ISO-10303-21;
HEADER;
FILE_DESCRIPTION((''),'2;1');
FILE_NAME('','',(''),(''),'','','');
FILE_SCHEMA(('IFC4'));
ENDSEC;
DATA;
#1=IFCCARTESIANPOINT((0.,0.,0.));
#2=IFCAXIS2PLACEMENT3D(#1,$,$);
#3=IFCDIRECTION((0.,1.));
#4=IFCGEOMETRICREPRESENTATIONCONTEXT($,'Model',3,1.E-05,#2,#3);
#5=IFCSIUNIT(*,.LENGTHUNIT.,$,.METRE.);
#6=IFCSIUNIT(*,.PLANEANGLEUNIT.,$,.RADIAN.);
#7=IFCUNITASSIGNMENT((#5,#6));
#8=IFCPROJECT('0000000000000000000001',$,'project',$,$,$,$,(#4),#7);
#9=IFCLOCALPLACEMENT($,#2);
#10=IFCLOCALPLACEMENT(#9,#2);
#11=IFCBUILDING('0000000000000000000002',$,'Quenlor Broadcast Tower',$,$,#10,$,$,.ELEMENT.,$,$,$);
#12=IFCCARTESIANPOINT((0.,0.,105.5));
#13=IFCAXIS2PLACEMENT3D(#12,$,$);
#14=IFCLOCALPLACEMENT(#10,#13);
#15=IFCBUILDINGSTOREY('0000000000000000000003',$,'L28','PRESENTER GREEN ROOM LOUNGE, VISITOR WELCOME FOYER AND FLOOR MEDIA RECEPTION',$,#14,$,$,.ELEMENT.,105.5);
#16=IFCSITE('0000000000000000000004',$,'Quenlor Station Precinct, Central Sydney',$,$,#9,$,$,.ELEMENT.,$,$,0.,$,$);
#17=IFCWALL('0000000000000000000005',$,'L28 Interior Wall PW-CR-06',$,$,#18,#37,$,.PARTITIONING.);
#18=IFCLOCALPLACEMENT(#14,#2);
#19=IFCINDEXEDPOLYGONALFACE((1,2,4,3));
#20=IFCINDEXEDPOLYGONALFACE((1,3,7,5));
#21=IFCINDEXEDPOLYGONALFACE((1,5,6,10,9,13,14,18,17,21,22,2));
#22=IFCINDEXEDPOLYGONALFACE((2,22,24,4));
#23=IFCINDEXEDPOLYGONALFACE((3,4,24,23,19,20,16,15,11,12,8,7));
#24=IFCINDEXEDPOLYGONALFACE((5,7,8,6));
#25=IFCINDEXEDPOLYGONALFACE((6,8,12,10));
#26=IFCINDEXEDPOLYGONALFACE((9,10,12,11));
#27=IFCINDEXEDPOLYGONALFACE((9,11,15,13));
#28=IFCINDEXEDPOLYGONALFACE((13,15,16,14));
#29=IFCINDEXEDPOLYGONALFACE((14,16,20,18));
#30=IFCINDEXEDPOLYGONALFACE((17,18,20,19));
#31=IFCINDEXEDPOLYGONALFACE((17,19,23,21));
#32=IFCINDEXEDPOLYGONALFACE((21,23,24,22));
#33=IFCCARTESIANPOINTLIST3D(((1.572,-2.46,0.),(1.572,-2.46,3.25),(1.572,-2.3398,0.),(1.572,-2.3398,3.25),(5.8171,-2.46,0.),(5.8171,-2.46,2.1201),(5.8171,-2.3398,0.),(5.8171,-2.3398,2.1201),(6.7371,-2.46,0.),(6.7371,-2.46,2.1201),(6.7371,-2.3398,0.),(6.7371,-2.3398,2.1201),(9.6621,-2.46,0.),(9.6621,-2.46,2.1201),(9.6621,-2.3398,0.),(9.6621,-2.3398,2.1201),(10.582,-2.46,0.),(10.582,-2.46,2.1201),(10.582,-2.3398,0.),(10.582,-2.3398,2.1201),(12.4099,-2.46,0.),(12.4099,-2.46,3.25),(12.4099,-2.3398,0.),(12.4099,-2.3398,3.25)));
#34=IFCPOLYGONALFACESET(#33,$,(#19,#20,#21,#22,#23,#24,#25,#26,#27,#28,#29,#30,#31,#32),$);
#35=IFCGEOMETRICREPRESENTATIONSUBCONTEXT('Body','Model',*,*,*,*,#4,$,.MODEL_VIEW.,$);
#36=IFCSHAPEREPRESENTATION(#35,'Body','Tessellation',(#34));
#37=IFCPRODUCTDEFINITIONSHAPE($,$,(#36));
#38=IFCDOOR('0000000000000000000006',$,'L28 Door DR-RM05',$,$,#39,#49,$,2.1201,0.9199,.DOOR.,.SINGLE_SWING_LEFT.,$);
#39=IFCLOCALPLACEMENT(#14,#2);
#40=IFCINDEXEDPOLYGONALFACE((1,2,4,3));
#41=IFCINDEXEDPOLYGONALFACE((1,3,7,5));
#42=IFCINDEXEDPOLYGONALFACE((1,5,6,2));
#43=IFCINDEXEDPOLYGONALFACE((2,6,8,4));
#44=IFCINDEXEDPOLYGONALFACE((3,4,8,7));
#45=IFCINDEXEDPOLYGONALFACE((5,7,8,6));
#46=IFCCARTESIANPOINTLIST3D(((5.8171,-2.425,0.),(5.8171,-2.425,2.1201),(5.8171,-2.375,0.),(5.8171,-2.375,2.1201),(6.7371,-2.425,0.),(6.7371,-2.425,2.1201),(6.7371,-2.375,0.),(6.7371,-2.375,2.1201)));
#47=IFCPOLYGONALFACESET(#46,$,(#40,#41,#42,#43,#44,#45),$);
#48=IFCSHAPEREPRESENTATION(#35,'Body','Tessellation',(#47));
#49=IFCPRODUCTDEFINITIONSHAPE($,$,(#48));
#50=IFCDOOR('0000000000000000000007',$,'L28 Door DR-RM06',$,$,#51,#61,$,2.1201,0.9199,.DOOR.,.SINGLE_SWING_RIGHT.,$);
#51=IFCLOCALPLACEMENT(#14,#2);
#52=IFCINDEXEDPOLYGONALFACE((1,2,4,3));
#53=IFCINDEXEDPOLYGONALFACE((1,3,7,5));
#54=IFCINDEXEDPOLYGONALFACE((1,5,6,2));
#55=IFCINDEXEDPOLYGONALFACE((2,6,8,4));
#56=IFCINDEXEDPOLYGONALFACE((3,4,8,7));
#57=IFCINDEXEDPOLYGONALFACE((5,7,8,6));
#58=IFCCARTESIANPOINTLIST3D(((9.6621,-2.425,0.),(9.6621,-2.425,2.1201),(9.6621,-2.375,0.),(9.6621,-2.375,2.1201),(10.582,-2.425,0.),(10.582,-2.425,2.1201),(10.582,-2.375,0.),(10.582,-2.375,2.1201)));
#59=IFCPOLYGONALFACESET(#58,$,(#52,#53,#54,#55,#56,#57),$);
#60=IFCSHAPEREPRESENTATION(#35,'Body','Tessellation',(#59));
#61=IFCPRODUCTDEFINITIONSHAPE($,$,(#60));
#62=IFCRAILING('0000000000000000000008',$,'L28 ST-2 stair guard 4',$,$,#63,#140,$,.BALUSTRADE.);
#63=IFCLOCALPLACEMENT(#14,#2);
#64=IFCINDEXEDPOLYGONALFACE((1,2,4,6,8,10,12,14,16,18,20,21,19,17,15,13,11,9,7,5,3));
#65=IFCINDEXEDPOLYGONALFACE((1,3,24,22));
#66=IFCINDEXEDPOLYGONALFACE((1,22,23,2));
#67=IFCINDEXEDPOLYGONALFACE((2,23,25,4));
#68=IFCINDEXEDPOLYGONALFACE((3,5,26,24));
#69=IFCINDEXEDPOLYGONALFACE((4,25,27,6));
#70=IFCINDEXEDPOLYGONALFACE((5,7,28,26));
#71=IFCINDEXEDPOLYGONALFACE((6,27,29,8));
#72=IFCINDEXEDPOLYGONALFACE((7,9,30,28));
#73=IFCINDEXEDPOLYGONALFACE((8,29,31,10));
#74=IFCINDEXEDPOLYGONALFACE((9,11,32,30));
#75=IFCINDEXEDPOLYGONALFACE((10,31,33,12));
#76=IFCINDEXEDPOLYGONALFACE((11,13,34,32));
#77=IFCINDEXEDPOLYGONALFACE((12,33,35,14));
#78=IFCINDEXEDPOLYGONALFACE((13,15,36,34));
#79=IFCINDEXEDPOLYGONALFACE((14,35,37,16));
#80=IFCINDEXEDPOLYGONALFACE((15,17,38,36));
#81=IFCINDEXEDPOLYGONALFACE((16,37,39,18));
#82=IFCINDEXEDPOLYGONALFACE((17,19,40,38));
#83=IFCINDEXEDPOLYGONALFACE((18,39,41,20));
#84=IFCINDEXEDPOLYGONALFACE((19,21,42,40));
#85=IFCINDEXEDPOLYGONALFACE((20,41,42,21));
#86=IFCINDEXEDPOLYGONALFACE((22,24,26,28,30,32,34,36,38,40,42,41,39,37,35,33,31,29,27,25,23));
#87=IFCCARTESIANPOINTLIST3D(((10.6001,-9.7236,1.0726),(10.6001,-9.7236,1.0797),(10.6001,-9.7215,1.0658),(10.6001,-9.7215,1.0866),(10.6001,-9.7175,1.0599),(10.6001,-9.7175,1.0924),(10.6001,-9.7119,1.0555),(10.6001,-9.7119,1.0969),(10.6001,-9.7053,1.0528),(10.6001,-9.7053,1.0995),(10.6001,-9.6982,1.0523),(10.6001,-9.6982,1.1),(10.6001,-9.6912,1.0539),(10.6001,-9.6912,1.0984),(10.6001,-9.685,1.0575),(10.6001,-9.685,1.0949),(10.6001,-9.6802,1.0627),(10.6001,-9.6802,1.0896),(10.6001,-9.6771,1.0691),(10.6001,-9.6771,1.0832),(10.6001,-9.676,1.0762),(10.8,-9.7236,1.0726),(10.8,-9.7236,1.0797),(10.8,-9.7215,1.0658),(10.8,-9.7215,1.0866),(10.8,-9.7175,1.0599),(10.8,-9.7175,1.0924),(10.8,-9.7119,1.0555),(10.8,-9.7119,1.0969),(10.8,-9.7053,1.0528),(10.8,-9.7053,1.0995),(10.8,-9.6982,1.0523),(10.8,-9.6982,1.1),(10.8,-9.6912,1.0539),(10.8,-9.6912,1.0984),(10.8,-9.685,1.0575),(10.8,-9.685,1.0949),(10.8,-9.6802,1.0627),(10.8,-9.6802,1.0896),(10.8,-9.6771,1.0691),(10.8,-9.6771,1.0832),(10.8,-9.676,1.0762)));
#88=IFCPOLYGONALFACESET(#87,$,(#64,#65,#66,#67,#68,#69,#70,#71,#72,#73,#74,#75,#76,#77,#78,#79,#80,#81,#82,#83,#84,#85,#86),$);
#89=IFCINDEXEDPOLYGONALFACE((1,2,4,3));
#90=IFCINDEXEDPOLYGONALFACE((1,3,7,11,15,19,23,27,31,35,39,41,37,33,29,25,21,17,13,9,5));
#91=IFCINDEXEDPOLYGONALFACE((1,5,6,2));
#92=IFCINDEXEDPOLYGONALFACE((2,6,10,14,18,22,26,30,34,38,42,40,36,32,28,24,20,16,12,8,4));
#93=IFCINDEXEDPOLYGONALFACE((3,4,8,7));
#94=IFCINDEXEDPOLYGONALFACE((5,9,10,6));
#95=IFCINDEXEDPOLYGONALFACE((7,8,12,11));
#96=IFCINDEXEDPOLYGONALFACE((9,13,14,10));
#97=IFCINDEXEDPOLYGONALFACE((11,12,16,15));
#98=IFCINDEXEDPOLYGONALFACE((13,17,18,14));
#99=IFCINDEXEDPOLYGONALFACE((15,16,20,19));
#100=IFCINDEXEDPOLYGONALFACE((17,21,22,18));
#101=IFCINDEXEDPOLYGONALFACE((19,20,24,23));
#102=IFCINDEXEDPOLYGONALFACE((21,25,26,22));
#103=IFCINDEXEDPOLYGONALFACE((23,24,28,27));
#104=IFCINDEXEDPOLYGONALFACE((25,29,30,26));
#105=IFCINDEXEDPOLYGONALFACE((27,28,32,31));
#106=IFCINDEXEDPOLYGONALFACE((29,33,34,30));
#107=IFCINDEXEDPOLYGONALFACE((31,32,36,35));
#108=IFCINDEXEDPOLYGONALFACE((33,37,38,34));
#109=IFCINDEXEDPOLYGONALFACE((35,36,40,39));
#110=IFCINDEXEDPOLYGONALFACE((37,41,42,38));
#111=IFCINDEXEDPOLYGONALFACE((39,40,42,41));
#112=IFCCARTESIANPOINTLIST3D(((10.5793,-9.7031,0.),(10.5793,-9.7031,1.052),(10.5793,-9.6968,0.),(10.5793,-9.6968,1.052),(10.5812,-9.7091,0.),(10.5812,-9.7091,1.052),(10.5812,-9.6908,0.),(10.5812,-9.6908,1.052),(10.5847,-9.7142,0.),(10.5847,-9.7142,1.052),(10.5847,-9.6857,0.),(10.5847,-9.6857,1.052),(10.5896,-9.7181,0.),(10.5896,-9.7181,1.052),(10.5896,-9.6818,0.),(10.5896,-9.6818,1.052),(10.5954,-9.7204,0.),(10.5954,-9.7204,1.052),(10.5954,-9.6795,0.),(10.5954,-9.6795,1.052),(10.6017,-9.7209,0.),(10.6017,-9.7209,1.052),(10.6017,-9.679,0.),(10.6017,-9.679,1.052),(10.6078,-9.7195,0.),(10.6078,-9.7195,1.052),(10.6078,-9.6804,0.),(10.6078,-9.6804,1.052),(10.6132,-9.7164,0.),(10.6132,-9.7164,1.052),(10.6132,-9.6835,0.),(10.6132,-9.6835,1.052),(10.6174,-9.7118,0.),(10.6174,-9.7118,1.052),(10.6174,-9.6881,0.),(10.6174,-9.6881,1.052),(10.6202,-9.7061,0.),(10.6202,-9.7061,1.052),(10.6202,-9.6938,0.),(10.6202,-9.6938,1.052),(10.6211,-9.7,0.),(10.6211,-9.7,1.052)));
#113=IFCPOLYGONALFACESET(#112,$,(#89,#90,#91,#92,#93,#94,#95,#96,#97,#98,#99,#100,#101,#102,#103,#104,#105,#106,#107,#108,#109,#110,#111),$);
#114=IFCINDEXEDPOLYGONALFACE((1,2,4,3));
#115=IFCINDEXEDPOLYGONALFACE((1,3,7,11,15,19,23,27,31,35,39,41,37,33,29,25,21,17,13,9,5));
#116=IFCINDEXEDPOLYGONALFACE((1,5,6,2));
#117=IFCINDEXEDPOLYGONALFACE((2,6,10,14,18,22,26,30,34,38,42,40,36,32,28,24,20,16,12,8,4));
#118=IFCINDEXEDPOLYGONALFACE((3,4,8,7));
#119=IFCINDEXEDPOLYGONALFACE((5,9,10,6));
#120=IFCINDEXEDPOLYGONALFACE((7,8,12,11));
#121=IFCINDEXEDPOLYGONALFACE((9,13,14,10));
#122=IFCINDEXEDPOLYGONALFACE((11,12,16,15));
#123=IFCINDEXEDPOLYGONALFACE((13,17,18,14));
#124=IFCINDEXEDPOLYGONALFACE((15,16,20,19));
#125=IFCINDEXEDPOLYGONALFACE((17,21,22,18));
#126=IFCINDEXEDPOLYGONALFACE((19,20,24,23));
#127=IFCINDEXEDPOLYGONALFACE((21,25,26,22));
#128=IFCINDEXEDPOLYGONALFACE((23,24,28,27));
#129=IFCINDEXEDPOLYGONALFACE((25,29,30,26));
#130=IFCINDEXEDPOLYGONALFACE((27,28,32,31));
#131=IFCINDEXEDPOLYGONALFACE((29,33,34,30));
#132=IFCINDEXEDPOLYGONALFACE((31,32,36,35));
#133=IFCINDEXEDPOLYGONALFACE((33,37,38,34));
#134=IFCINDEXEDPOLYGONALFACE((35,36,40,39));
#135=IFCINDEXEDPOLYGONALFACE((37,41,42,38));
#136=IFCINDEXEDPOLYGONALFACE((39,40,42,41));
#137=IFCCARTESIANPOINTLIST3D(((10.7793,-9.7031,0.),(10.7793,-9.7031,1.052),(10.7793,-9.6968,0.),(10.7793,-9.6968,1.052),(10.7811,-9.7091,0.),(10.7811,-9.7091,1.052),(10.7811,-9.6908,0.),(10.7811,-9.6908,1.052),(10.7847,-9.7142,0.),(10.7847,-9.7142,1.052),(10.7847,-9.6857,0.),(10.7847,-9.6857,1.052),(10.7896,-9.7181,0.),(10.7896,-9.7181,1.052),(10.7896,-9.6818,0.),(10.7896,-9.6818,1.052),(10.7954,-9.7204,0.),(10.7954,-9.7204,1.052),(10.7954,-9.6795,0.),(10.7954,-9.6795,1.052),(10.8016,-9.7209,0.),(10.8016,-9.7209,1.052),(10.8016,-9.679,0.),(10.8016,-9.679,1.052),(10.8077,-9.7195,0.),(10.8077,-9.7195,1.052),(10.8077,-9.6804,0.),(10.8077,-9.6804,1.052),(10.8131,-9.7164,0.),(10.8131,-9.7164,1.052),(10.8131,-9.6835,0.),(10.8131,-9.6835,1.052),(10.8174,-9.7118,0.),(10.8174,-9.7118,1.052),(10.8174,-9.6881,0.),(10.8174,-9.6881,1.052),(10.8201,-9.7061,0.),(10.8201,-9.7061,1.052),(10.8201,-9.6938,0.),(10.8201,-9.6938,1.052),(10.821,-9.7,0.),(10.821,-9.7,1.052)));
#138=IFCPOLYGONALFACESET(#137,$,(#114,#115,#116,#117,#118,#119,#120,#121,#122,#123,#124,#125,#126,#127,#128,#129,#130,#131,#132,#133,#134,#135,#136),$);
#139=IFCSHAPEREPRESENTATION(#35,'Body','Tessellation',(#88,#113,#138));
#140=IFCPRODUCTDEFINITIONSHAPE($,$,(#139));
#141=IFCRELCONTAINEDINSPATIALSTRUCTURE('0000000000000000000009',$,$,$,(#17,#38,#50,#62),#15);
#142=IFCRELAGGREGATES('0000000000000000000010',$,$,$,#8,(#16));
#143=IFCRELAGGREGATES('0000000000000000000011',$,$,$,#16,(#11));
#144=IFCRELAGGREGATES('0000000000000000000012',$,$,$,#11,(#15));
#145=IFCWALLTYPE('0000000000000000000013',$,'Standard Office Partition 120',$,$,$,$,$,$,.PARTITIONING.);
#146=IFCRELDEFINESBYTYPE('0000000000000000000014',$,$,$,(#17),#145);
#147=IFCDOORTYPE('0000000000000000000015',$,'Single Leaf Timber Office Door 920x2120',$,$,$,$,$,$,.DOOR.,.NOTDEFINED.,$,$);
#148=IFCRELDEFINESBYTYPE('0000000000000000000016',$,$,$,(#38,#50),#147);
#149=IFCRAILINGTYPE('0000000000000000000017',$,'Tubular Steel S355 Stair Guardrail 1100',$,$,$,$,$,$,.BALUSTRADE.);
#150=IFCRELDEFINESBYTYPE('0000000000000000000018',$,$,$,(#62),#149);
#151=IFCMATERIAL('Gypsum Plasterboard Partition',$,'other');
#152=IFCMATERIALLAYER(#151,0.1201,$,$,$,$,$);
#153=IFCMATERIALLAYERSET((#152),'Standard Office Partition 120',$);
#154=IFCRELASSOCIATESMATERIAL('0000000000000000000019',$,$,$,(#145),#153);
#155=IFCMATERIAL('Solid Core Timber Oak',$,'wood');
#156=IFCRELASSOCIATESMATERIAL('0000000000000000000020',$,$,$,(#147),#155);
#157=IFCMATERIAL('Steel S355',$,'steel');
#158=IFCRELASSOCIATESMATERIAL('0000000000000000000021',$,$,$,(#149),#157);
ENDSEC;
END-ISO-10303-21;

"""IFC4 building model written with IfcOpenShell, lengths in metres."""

from ifc_helpers import new_model, si_unit, direction, frame, frame_2d, origin, origin_2d, place, context, subcontext, project, spatial, rectangle, circle, extrude, material, layer, layer_set, type_object, element, fill, save


model = new_model("IFC4")

# Units and contexts
model_context = context("Model", 3, precision=1e-05, world=origin(), true_north=direction((0.0, 1.0)))
body_context = subcontext(model_context, "Body", "Model", "MODEL_VIEW")
ifc_project = project(units=[si_unit("LENGTHUNIT", "METRE"), si_unit("PLANEANGLEUNIT", "RADIAN")], contexts=[model_context])

# Site, building, storey
site_placement = place(None, origin())
site = spatial("IfcSite", under=ifc_project, at=site_placement, Name="Quenlor Station Precinct, Central Sydney", CompositionType="ELEMENT", RefElevation=0.0)
building_placement = place(site_placement, origin())
building = spatial("IfcBuilding", under=site, at=building_placement, Name="Quenlor Broadcast Tower", CompositionType="ELEMENT")
storey_placement = place(building_placement, frame((0.0, 0.0, 105.5)))
storey = spatial("IfcBuildingStorey", under=building, at=storey_placement, Name="L28", Description="PRESENTER GREEN ROOM LOUNGE, VISITOR WELCOME FOYER AND FLOOR MEDIA RECEPTION", CompositionType="ELEMENT", Elevation=105.5)

# Wall, openings, doors
ifc_material_1 = material(Name="Gypsum Plasterboard Partition", Category="other")
ifc_layer_1 = layer(ifc_material_1, 0.1201)
ifc_layer_set_1 = layer_set([ifc_layer_1], Name="Standard Office Partition 120")
wall_type_1 = type_object("IfcWallType", Name="Standard Office Partition 120", PredefinedType="PARTITIONING", material=ifc_layer_set_1)
wall_1_placement = place(storey_placement, frame((1.572, -2.3999, 0.0), z_axis=(0.0, 0.0, 1.0), x_axis=(1.0, 0.0, 0.0)))
wall_1 = element("IfcWall", 1, at=wall_1_placement, inside=storey, type_object=wall_type_1, Name="L28 Interior Wall PW-CR-06", PredefinedType="PARTITIONING", context=body_context, shape_type="SweptSolid", body=[
    extrude(rectangle(XDim=10.8379, YDim=0.1201, at=frame_2d((5.4189, 0.0))), origin(), (0.0, 0.0, 1.0), 3.25),
])
opening_1_placement = place(wall_1_placement, frame((4.2451, 0.0, 0.0)))
opening_1 = element("IfcOpeningElement", 2, at=opening_1_placement, cuts=wall_1, PredefinedType="OPENING", context=body_context, shape_type="SweptSolid", body=[
    extrude(rectangle(XDim=0.9199, YDim=2.1201, at=frame_2d((0.46, 1.0601))), frame((0.0, 0.0701, 0.0), z_axis=(0.0, -1.0, 0.0), x_axis=(1.0, 0.0, 0.0)), (0.0, 0.0, 1.0), 0.1401),
])
opening_2_placement = place(wall_1_placement, frame((8.0901, 0.0, 0.0)))
opening_2 = element("IfcOpeningElement", 3, at=opening_2_placement, cuts=wall_1, PredefinedType="OPENING", context=body_context, shape_type="SweptSolid", body=[
    extrude(rectangle(XDim=0.9199, YDim=2.1201, at=frame_2d((0.46, 1.0601))), frame((0.0, 0.0701, 0.0), z_axis=(0.0, -1.0, 0.0), x_axis=(1.0, 0.0, 0.0)), (0.0, 0.0, 1.0), 0.1401),
])
ifc_material_2 = material(Name="Solid Core Timber Oak", Category="wood")
door_type_1 = type_object("IfcDoorType", Name="Single Leaf Timber Office Door 920x2120", OperationType="NOTDEFINED", PredefinedType="DOOR", material=ifc_material_2)
door_1_placement = place(opening_1_placement, origin())
door_1 = element("IfcDoor", 4, at=door_1_placement, inside=storey, type_object=door_type_1, Name="L28 Door DR-RM05", OperationType="SINGLE_SWING_LEFT", OverallHeight=2.1201, OverallWidth=0.9199, PredefinedType="DOOR", context=body_context, shape_type="SweptSolid", body=[
    extrude(rectangle(XDim=0.9199, YDim=2.1201, at=frame_2d((0.46, 1.0601))), frame((0.0, 0.0249, 0.0), z_axis=(0.0, -1.0, 0.0), x_axis=(1.0, 0.0, 0.0)), (0.0, 0.0, 1.0), 0.05),
])
fill(opening_1, door_1)
door_2_placement = place(opening_2_placement, origin())
door_2 = element("IfcDoor", 5, at=door_2_placement, inside=storey, type_object=door_type_1, Name="L28 Door DR-RM06", OperationType="SINGLE_SWING_RIGHT", OverallHeight=2.1201, OverallWidth=0.9199, PredefinedType="DOOR", context=body_context, shape_type="SweptSolid", body=[
    extrude(rectangle(XDim=0.9199, YDim=2.1201, at=frame_2d((0.46, 1.0601))), frame((0.0, 0.0249, 0.0), z_axis=(0.0, -1.0, 0.0), x_axis=(1.0, 0.0, 0.0)), (0.0, 0.0, 1.0), 0.05),
])
fill(opening_2, door_2)

# Railing
ifc_material_3 = material(Name="Steel S355", Category="steel")
railing_type = type_object("IfcRailingType", Name="Tubular Steel S355 Stair Guardrail 1100", PredefinedType="BALUSTRADE", material=ifc_material_3)
railing_placement = place(storey_placement, frame((10.6001, -9.7, 0.0)))
element("IfcRailing", 6, at=railing_placement, inside=storey, type_object=railing_type, Name="L28 ST-2 stair guard 4", PredefinedType="BALUSTRADE", context=body_context, shape_type="SweptSolid", body=[
    extrude(circle(Radius=0.0239, at=origin_2d()), frame((0.0, 0.0, 1.0762), z_axis=(1.0, 0.0, 0.0), x_axis=(0.0, 1.0, 0.0)), (0.0, 0.0, 1.0), 0.2),
    extrude(circle(Radius=0.021, at=origin_2d()), origin(), (0.0, 0.0, 1.0), 1.052),
    extrude(circle(Radius=0.021, at=origin_2d()), frame((0.2, 0.0, 0.0)), (0.0, 0.0, 1.0), 1.052),
])

save(model, "model.ifc")
